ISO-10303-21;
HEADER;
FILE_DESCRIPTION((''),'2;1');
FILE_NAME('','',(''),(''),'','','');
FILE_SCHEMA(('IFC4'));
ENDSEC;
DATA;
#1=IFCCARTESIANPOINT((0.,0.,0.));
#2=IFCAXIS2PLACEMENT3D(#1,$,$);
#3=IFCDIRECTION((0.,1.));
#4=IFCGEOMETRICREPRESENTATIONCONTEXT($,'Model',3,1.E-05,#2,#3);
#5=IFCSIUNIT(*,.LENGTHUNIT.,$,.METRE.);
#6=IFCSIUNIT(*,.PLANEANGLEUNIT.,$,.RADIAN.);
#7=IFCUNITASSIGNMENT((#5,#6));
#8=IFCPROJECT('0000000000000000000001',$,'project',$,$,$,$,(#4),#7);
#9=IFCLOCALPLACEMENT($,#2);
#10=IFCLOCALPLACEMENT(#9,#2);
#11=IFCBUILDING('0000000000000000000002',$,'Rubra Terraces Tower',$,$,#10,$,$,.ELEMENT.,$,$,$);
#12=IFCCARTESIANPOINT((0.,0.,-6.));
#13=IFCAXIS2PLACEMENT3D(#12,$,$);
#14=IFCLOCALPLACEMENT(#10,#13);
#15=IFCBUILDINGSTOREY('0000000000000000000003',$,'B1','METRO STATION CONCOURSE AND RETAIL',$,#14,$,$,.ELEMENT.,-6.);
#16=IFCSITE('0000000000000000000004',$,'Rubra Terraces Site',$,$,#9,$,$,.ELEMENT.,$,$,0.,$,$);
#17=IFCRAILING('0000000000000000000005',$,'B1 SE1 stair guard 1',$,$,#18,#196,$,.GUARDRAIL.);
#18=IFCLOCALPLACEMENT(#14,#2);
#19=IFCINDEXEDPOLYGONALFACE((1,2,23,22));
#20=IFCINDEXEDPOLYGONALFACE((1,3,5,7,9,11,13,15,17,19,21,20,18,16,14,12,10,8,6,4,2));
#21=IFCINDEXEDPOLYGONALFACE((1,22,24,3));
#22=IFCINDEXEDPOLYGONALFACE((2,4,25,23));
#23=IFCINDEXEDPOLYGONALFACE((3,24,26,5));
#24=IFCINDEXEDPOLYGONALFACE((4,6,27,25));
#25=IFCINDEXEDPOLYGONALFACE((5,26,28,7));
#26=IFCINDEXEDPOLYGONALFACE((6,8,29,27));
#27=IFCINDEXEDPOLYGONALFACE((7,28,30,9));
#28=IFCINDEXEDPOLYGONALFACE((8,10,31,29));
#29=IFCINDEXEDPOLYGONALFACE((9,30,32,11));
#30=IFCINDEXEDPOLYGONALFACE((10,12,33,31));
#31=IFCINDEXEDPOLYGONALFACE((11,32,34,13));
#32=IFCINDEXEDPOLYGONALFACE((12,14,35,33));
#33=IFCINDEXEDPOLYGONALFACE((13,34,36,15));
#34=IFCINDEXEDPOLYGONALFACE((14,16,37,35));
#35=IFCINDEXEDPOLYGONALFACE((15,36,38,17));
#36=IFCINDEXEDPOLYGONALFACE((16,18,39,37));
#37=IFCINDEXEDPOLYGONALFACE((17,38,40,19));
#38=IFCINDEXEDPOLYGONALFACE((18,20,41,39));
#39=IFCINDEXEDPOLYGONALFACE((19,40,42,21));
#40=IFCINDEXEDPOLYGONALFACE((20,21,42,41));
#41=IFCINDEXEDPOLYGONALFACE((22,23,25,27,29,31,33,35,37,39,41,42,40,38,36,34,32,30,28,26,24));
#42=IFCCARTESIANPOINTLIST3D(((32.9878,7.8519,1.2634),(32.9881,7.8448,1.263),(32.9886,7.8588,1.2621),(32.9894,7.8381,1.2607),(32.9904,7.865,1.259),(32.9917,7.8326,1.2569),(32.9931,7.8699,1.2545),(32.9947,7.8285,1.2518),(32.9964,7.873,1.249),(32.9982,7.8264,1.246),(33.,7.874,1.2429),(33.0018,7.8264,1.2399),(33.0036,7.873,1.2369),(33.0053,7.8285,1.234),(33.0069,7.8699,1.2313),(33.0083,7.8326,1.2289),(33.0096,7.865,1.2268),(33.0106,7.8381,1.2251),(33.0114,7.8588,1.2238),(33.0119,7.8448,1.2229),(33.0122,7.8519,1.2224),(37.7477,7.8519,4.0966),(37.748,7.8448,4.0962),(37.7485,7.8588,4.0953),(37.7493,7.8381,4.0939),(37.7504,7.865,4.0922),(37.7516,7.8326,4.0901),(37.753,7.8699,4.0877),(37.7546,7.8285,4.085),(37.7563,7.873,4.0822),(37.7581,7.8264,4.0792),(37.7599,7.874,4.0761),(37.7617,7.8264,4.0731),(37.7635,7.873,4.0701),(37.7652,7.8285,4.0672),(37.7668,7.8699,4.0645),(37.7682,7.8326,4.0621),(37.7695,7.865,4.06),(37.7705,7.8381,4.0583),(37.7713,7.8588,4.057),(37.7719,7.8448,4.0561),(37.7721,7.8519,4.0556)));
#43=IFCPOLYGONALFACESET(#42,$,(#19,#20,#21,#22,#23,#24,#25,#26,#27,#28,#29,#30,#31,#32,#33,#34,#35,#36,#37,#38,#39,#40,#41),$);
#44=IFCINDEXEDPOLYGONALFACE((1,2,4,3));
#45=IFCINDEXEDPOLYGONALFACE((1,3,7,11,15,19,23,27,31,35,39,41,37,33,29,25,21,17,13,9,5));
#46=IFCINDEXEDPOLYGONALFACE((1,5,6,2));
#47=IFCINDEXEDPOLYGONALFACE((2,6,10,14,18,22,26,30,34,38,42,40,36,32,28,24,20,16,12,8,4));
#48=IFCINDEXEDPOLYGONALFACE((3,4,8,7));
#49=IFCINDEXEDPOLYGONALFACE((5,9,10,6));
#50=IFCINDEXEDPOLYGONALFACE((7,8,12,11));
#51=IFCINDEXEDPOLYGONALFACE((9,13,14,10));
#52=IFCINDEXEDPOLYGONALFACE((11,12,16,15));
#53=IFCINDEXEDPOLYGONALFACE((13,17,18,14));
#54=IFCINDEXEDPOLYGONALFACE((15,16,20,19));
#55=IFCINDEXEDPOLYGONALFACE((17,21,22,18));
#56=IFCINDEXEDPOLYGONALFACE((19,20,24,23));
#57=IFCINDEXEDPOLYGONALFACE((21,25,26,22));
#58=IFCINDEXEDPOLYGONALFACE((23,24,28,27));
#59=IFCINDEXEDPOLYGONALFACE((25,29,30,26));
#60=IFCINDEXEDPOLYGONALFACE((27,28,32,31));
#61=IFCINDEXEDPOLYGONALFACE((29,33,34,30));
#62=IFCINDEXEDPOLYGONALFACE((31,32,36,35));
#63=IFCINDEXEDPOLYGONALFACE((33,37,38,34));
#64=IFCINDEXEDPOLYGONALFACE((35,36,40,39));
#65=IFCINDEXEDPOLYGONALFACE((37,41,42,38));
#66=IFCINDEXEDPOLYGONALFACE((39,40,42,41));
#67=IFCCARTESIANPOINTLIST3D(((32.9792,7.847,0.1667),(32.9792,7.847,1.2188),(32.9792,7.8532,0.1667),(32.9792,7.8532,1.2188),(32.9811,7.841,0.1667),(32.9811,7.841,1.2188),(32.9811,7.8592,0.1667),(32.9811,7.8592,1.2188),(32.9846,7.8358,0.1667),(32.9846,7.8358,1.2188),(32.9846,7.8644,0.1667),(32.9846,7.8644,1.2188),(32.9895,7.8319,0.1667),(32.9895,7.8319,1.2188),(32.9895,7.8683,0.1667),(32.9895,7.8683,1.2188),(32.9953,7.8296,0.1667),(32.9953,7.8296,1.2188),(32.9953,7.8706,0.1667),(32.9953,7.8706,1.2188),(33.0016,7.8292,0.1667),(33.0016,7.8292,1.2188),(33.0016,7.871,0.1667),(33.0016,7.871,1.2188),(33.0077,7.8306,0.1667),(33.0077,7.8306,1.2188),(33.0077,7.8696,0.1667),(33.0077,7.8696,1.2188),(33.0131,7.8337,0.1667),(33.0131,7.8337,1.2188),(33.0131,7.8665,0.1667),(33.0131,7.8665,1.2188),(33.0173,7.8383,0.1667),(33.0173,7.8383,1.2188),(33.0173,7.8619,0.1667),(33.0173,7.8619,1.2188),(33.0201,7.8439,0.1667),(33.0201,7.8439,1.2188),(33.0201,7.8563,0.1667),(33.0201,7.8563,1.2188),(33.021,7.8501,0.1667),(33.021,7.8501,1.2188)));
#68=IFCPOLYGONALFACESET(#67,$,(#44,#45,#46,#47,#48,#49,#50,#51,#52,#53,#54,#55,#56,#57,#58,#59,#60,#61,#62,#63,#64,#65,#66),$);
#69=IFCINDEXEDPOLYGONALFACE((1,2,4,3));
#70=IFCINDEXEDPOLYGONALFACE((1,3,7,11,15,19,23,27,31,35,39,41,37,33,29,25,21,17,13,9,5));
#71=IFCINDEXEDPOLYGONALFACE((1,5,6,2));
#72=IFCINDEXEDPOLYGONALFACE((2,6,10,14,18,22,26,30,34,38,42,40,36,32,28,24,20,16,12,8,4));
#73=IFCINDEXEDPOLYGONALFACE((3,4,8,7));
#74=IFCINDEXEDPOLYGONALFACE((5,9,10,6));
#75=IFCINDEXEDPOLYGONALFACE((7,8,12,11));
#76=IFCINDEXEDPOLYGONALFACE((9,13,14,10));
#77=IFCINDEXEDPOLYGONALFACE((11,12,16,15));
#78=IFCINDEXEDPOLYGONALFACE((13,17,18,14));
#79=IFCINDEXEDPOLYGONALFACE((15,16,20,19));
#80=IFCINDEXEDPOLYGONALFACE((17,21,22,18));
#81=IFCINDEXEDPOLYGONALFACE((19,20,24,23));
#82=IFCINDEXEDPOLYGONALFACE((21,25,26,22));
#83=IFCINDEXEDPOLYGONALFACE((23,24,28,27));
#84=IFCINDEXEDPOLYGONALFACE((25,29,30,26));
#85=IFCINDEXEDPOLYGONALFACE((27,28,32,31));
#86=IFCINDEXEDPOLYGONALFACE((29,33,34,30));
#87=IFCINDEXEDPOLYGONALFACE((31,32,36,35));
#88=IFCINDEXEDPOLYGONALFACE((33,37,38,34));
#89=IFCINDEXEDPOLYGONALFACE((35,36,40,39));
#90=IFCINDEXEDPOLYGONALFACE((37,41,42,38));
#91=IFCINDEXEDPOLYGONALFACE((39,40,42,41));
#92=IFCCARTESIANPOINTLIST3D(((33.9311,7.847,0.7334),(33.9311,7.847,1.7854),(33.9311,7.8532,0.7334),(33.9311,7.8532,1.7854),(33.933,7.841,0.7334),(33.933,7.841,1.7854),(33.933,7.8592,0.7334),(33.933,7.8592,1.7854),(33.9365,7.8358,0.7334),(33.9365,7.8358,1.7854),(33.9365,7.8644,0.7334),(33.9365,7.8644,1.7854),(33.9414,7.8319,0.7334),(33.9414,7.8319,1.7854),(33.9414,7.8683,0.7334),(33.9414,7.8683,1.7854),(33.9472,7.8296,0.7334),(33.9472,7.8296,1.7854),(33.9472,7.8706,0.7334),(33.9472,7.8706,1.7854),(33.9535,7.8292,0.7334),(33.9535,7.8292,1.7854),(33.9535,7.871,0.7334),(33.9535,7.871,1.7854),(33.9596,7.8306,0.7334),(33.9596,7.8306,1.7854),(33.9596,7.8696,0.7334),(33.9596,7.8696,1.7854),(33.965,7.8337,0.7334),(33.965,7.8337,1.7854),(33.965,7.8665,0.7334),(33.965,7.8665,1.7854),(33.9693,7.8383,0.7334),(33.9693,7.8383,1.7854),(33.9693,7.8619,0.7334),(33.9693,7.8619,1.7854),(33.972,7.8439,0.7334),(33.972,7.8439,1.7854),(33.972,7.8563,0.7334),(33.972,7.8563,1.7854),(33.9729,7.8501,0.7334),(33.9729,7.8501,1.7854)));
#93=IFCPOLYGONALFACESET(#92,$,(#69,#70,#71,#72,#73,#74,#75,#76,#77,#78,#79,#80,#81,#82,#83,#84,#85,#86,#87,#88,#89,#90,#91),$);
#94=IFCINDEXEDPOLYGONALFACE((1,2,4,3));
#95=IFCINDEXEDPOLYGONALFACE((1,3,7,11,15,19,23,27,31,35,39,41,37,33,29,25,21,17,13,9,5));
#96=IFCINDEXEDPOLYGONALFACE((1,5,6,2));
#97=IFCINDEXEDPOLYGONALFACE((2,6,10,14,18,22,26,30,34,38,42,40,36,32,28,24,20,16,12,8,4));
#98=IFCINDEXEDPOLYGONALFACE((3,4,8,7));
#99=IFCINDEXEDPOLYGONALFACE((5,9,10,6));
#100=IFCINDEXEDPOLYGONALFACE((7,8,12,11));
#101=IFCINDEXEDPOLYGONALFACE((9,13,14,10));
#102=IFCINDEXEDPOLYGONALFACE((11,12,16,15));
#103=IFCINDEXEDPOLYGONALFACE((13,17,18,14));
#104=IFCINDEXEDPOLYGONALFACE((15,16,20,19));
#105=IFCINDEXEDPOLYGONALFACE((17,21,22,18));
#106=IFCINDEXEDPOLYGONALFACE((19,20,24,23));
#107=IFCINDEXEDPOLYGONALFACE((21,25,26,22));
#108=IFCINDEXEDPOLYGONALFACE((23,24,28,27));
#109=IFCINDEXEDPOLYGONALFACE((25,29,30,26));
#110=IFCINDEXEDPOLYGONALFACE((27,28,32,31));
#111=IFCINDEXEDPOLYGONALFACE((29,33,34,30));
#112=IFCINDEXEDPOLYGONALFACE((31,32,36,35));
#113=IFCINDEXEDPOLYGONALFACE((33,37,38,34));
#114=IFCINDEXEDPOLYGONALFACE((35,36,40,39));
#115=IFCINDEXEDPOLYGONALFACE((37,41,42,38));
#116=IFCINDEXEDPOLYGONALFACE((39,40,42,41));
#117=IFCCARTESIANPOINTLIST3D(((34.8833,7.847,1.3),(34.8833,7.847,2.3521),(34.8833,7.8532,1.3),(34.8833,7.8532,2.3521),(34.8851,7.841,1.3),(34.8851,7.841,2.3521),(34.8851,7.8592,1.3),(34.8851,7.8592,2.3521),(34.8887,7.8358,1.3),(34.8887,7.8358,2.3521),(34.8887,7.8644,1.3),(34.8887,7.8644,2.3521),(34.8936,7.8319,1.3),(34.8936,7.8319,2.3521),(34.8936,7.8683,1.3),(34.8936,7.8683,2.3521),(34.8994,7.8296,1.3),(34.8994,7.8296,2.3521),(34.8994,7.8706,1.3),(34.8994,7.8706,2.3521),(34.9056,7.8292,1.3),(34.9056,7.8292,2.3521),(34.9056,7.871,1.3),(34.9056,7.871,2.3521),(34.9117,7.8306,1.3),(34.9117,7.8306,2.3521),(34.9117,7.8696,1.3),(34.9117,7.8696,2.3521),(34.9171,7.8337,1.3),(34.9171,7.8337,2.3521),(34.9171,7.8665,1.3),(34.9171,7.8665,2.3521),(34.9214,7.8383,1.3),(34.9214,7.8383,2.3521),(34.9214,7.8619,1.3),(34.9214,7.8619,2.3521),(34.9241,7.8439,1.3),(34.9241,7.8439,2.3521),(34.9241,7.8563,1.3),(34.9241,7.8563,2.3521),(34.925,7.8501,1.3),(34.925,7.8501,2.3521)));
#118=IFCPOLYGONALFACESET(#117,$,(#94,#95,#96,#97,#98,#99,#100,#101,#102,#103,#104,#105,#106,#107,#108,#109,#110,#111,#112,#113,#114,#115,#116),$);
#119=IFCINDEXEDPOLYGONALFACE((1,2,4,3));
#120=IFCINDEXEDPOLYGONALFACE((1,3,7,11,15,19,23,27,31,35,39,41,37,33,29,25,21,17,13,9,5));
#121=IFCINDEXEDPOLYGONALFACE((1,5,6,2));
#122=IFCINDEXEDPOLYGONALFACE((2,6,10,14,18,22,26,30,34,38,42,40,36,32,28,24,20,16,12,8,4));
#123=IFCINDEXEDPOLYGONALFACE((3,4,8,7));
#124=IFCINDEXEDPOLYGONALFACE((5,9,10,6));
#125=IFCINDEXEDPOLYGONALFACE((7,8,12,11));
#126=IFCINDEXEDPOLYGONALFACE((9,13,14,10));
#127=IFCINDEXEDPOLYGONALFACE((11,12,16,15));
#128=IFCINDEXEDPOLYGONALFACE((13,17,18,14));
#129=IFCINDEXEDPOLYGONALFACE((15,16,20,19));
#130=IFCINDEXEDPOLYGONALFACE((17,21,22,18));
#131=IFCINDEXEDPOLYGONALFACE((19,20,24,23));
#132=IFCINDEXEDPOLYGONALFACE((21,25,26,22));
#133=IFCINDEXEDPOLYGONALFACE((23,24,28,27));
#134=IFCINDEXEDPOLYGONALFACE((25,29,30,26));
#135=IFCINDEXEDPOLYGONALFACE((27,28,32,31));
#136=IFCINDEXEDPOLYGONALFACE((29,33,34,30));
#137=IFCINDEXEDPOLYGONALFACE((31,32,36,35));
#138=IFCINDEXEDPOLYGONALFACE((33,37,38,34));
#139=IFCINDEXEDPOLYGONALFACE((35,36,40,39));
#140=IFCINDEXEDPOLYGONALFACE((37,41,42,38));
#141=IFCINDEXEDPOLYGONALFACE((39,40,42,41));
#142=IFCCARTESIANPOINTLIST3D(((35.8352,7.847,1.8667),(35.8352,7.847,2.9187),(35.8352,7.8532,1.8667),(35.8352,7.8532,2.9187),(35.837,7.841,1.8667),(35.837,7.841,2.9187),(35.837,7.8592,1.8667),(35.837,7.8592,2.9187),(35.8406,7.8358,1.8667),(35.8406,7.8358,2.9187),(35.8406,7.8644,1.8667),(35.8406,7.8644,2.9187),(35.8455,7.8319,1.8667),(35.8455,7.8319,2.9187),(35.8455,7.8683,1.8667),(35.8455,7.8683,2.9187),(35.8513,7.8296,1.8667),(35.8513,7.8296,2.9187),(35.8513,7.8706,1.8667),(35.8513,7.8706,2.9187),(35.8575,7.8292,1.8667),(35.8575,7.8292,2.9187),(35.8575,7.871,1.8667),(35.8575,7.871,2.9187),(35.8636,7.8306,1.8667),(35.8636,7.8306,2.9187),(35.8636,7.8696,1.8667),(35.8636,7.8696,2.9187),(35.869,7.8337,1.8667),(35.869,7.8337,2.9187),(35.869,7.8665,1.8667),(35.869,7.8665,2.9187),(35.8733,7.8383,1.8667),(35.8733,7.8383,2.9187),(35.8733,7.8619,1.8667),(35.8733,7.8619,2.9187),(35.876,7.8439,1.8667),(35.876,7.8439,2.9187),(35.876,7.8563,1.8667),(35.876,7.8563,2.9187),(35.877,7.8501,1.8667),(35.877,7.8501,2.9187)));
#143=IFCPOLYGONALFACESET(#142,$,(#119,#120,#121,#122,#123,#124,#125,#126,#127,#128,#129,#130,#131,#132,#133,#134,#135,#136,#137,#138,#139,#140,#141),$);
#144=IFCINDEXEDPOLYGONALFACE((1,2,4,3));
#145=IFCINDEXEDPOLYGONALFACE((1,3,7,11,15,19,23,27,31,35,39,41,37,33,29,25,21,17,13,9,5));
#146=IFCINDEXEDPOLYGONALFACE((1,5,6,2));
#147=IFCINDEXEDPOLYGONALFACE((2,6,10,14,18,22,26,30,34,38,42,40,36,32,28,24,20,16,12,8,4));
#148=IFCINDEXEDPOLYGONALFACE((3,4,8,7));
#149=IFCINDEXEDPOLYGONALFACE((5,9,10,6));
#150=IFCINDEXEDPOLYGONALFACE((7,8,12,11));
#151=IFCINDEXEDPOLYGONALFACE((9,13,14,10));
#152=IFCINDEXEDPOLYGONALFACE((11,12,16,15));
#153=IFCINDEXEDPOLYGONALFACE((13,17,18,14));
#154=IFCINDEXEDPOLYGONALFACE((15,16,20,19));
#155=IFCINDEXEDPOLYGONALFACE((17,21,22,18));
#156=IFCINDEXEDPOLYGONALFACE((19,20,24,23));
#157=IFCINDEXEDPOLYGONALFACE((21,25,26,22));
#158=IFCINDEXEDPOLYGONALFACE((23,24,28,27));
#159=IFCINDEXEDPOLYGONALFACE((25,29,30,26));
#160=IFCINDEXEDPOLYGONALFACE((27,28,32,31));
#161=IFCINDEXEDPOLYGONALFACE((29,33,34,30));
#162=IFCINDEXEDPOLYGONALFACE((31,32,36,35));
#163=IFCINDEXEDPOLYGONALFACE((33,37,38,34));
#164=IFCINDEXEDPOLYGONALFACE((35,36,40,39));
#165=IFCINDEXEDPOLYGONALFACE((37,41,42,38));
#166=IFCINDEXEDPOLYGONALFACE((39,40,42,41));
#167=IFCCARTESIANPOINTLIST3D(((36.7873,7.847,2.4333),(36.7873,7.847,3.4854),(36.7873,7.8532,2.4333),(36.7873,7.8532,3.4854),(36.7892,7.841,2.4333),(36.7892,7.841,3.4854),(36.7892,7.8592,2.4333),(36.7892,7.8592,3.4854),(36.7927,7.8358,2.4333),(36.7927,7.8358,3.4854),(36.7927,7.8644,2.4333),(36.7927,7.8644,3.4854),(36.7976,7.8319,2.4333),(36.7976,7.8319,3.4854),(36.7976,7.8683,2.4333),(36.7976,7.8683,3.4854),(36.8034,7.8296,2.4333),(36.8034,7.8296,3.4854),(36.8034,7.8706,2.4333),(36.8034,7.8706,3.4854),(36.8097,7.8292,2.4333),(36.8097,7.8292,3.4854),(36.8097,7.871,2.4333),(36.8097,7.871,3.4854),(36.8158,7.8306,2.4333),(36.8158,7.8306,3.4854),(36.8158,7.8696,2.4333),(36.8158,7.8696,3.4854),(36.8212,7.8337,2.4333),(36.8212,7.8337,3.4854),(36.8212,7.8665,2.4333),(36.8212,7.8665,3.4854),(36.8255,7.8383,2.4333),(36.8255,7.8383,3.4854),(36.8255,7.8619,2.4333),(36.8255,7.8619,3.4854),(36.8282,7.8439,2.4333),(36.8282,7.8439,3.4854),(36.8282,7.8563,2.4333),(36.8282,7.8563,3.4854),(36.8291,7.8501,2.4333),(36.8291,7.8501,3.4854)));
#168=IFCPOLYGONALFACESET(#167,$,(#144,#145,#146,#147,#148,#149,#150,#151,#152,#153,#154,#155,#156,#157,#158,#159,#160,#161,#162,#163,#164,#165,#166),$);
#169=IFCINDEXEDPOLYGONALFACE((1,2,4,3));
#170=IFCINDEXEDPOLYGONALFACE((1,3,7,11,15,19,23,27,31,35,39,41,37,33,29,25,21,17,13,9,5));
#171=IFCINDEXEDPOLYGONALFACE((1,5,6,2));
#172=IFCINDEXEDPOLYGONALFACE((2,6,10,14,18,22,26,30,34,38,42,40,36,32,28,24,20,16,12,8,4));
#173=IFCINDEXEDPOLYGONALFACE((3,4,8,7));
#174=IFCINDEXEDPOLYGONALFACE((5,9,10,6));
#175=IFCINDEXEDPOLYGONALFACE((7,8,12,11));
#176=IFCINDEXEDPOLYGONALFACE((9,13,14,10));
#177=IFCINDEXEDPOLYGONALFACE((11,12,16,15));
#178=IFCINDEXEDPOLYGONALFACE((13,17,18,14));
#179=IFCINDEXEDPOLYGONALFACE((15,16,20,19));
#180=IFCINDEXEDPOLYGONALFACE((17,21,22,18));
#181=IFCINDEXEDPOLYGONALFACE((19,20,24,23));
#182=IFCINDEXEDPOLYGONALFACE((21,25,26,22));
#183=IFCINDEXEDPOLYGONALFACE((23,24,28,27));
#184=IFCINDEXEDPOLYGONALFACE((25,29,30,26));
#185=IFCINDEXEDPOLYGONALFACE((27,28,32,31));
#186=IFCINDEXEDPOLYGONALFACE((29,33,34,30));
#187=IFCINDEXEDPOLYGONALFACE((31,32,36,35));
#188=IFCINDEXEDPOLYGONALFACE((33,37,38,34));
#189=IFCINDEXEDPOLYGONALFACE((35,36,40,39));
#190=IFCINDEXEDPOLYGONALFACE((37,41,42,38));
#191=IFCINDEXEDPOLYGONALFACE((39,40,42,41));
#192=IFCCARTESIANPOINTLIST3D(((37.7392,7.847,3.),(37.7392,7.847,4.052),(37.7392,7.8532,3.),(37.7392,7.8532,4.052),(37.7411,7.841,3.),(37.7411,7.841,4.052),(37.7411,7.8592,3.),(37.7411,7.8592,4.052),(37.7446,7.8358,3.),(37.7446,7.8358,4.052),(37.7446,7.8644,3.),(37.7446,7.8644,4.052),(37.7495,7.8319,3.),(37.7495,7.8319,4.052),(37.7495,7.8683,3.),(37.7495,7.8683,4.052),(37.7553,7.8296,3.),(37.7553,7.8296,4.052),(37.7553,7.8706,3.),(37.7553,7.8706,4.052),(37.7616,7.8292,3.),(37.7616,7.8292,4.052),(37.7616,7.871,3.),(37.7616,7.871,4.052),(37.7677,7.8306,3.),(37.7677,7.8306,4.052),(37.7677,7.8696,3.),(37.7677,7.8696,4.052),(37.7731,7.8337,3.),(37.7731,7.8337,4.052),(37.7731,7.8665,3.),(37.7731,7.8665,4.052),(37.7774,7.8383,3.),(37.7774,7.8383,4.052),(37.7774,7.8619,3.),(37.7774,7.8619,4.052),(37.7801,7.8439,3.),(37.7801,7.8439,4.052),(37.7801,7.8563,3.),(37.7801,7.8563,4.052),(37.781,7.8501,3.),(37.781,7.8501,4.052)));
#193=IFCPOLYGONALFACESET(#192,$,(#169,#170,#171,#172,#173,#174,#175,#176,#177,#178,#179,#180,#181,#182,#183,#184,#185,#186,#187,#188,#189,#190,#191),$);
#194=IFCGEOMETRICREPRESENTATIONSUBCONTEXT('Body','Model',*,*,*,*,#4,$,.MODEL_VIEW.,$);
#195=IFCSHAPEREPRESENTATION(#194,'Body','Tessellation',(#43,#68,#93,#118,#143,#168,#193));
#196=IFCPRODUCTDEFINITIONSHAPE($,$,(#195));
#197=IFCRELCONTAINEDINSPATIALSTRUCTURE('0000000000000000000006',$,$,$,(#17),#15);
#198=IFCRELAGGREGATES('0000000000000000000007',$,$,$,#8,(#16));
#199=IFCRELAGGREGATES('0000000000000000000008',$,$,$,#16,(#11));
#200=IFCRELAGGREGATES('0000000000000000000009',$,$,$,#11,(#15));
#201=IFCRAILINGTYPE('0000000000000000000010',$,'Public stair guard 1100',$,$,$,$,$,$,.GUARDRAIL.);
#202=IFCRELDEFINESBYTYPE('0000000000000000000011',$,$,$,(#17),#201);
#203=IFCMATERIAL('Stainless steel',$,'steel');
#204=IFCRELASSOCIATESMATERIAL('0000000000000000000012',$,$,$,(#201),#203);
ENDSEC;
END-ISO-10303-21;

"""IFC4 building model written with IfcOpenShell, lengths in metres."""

from ifc_helpers import new_model, si_unit, direction, frame, origin, origin_2d, place, context, subcontext, project, spatial, circle, extrude, material, type_object, element, save


model = new_model("IFC4")

# Units and contexts
model_context = context("Model", 3, precision=1e-05, world=origin(), true_north=direction((0.0, 1.0)))
body_context = subcontext(model_context, "Body", "Model", "MODEL_VIEW")
ifc_project = project(units=[si_unit("LENGTHUNIT", "METRE"), si_unit("PLANEANGLEUNIT", "RADIAN")], contexts=[model_context])

# Site, building, storey
site_placement = place(None, origin())
site = spatial("IfcSite", under=ifc_project, at=site_placement, Name="Rubra Terraces Site", CompositionType="ELEMENT", RefElevation=0.0)
building_placement = place(site_placement, origin())
building = spatial("IfcBuilding", under=site, at=building_placement, Name="Rubra Terraces Tower", CompositionType="ELEMENT")
storey_placement = place(building_placement, frame((0.0, 0.0, -6.0)))
storey = spatial("IfcBuildingStorey", under=building, at=storey_placement, Name="B1", Description="METRO STATION CONCOURSE AND RETAIL", CompositionType="ELEMENT", Elevation=-6.0)

# Railing
ifc_material_1 = material(Name="Stainless steel", Category="steel")
railing_type_1 = type_object("IfcRailingType", Name="Public stair guard 1100", PredefinedType="GUARDRAIL", material=ifc_material_1)
railing_1_placement = place(storey_placement, frame((33.0, 7.8501, 0.1667)))
element("IfcRailing", 1, at=railing_1_placement, inside=storey, type_object=railing_type_1, Name="B1 SE1 stair guard 1", PredefinedType="GUARDRAIL", context=body_context, shape_type="SweptSolid", body=[
    extrude(circle(Radius=0.0239, at=origin_2d()), frame((0.0, 0.0, 1.0762), z_axis=(0.8593, 0.0, 0.511472), x_axis=(0.0, 1.0, 0.0)), (0.0, 0.0, 1.0), 5.5393),
    extrude(circle(Radius=0.021, at=origin_2d()), origin(), (0.0, 0.0, 1.0), 1.052),
    extrude(circle(Radius=0.021, at=origin_2d()), frame((0.9519, 0.0, 0.5667)), (0.0, 0.0, 1.0), 1.052),
    extrude(circle(Radius=0.021, at=origin_2d()), frame((1.9041, 0.0, 1.1333)), (0.0, 0.0, 1.0), 1.052),
    extrude(circle(Radius=0.021, at=origin_2d()), frame((2.856, 0.0, 1.7)), (0.0, 0.0, 1.0), 1.052),
    extrude(circle(Radius=0.021, at=origin_2d()), frame((3.8081, 0.0, 2.2666)), (0.0, 0.0, 1.0), 1.052),
    extrude(circle(Radius=0.021, at=origin_2d()), frame((4.76, 0.0, 2.8333)), (0.0, 0.0, 1.0), 1.052),
])

save(model, "model.ifc")
